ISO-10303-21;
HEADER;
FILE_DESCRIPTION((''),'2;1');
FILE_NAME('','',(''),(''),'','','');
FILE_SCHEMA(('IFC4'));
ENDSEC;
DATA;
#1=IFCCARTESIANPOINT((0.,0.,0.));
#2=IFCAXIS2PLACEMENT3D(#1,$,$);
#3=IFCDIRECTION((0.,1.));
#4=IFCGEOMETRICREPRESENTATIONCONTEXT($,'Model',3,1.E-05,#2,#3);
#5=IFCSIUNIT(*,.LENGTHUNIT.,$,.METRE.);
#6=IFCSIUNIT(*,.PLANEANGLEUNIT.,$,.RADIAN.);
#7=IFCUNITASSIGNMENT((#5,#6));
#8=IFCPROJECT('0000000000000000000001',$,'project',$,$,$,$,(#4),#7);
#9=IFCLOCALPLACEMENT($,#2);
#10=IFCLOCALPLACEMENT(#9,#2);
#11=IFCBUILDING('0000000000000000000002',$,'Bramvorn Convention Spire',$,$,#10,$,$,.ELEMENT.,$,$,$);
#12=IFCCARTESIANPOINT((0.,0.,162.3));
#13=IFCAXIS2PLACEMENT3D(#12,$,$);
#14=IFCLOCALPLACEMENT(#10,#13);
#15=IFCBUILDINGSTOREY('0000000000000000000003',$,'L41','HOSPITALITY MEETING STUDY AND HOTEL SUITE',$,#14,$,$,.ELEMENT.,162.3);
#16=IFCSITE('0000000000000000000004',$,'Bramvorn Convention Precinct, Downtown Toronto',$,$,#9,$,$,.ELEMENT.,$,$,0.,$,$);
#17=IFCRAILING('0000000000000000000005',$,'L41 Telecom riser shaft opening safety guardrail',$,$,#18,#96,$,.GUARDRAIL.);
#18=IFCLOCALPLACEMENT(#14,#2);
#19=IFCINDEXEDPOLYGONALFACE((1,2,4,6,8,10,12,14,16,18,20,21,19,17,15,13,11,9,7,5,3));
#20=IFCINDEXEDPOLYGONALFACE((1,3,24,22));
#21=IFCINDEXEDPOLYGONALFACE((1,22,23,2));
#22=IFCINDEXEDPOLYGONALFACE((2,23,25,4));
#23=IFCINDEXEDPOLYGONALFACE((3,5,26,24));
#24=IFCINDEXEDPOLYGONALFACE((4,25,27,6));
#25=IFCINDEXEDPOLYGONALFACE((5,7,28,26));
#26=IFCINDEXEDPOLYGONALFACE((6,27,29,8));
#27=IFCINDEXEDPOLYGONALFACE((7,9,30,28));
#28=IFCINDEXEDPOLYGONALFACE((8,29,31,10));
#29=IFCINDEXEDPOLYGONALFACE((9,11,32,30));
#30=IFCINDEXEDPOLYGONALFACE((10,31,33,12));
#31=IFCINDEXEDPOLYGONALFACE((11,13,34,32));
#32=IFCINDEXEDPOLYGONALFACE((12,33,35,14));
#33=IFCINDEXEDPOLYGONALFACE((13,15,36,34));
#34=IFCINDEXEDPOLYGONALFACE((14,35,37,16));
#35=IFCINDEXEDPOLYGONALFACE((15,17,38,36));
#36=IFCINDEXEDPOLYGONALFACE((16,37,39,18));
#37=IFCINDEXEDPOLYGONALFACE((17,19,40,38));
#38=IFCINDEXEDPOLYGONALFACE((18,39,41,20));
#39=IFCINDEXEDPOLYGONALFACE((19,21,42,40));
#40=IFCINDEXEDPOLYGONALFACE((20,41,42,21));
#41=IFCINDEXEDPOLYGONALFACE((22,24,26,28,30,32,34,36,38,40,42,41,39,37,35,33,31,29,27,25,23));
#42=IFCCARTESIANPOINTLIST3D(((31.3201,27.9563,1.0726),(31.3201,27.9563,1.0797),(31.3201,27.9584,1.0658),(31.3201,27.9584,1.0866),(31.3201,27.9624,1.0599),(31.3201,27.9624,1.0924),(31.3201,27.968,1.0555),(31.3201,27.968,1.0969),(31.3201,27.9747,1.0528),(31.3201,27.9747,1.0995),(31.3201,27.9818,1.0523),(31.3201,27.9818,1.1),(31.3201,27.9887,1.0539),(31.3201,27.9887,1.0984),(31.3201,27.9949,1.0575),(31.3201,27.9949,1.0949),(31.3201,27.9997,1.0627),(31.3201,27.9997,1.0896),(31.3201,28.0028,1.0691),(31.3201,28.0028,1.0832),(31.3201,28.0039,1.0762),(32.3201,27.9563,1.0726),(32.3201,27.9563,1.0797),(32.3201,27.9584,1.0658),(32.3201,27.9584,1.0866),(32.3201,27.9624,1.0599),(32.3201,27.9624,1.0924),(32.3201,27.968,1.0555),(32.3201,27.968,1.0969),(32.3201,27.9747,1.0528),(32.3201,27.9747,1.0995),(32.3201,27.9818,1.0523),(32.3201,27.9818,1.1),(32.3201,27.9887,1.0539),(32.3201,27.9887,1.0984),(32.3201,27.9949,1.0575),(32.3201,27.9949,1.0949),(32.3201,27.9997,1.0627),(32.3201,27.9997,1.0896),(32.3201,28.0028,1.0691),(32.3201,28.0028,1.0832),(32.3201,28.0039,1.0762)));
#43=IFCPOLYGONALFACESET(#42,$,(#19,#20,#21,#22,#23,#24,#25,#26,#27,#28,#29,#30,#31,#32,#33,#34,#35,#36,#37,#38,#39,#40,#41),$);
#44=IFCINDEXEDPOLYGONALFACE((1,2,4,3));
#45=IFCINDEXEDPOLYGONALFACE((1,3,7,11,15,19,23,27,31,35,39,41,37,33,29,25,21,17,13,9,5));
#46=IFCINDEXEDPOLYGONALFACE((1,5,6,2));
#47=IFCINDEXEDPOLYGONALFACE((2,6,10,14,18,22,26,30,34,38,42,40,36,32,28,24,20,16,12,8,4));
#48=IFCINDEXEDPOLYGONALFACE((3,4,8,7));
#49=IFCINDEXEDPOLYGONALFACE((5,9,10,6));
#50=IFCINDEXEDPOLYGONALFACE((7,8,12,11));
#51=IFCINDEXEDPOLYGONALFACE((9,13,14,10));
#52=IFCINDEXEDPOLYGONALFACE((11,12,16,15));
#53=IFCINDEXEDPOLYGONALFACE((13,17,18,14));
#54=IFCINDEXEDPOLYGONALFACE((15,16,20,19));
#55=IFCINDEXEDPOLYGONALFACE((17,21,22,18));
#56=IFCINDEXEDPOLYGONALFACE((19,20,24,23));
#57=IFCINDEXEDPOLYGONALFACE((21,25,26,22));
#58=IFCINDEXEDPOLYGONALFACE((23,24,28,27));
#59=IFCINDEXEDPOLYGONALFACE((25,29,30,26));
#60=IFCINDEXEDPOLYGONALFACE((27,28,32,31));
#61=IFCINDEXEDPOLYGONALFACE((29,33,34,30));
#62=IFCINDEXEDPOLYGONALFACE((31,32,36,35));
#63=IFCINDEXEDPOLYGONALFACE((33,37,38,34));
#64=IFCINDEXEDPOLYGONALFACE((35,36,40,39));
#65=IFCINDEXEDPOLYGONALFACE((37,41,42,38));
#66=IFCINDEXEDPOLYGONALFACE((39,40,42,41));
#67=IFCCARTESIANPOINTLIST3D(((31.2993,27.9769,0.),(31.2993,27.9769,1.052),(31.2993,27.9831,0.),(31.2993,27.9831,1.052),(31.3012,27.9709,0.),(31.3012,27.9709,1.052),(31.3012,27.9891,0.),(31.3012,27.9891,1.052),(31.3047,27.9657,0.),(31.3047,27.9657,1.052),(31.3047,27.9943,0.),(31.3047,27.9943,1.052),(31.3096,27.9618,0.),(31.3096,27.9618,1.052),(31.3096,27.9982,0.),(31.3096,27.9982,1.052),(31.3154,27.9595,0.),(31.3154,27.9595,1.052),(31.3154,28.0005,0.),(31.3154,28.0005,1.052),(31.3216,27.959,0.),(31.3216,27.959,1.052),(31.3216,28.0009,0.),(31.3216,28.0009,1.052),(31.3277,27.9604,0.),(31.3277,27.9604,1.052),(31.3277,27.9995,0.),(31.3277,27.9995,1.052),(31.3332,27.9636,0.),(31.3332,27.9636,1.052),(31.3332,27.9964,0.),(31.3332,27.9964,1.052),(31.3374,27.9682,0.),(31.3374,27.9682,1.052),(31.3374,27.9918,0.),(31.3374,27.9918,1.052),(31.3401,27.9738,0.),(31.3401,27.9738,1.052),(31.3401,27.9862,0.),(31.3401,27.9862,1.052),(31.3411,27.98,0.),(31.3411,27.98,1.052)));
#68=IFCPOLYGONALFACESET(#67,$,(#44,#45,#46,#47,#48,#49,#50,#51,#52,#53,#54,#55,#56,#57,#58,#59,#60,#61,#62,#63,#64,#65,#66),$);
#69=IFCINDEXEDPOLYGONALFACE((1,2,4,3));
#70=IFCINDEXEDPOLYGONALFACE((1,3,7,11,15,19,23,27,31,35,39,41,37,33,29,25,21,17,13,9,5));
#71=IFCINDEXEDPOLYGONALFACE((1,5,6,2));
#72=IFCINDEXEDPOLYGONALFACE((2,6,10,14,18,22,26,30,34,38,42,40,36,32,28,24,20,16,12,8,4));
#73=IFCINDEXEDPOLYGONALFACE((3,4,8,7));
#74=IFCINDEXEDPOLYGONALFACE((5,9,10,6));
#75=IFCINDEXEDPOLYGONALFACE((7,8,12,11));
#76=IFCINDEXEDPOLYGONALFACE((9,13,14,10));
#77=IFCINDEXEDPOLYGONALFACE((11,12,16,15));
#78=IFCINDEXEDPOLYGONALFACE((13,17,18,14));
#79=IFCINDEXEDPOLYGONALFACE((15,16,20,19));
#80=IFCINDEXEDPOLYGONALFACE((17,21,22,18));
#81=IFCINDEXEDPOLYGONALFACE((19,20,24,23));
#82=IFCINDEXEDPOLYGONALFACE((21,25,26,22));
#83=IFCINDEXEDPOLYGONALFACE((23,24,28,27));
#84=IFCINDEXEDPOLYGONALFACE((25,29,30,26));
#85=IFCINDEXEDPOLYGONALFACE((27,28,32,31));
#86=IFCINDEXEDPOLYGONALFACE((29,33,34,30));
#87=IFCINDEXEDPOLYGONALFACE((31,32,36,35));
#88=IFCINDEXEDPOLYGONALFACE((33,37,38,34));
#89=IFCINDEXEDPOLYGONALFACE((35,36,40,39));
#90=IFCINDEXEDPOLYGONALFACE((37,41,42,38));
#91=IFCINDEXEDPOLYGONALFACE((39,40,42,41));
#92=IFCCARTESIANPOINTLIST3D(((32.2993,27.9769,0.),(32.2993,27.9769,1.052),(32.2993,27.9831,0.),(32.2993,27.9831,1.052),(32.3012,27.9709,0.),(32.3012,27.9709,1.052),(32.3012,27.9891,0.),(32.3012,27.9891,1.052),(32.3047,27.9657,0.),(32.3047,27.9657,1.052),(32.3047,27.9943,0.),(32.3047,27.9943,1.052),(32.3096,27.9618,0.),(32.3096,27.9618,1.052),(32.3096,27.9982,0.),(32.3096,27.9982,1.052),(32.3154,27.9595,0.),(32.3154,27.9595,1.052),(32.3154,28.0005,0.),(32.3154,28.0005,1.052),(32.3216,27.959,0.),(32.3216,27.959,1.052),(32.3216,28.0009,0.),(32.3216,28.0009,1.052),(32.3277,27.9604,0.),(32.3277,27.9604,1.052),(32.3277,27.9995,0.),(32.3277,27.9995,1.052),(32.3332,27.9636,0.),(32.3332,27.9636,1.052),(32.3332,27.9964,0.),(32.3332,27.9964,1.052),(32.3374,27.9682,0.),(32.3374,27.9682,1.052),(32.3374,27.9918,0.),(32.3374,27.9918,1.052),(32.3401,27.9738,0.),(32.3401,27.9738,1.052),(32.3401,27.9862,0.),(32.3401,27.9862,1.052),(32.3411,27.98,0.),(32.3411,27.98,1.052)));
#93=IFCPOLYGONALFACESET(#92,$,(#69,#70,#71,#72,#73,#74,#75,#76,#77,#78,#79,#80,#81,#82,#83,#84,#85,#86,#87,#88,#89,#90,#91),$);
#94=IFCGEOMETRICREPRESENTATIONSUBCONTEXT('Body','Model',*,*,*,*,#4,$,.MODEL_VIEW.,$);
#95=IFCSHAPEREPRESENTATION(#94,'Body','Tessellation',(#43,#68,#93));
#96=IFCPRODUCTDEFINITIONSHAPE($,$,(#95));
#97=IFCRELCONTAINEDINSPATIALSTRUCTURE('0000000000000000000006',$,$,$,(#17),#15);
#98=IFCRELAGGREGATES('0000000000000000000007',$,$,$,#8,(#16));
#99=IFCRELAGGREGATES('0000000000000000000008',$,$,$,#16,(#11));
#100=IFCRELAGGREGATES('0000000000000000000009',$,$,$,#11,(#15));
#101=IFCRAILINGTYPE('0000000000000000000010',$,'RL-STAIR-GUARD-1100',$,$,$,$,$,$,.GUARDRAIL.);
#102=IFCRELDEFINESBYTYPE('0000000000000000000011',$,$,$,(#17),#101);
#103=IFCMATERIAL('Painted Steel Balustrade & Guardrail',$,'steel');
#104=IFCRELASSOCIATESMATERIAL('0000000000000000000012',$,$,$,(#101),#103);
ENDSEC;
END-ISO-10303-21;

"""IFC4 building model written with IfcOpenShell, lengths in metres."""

from ifc_helpers import new_model, si_unit, direction, frame, origin, origin_2d, place, context, subcontext, project, spatial, circle, extrude, material, type_object, element, save


model = new_model("IFC4")

# Units and contexts
model_context = context("Model", 3, precision=1e-05, world=origin(), true_north=direction((0.0, 1.0)))
body_context = subcontext(model_context, "Body", "Model", "MODEL_VIEW")
ifc_project = project(units=[si_unit("LENGTHUNIT", "METRE"), si_unit("PLANEANGLEUNIT", "RADIAN")], contexts=[model_context])

# Site, building, storey
site_placement = place(None, origin())
site = spatial("IfcSite", under=ifc_project, at=site_placement, Name="Bramvorn Convention Precinct, Downtown Toronto", CompositionType="ELEMENT", RefElevation=0.0)
building_placement = place(site_placement, origin())
building = spatial("IfcBuilding", under=site, at=building_placement, Name="Bramvorn Convention Spire", CompositionType="ELEMENT")
storey_placement = place(building_placement, frame((0.0, 0.0, 162.3)))
storey = spatial("IfcBuildingStorey", under=building, at=storey_placement, Name="L41", Description="HOSPITALITY MEETING STUDY AND HOTEL SUITE", CompositionType="ELEMENT", Elevation=162.3)

# Railing
ifc_material_1 = material(Name="Painted Steel Balustrade & Guardrail", Category="steel")
railing_type = type_object("IfcRailingType", Name="RL-STAIR-GUARD-1100", PredefinedType="GUARDRAIL", material=ifc_material_1)
railing_1_placement = place(storey_placement, frame((31.3201, 27.98, 0.0)))
element("IfcRailing", 1, at=railing_1_placement, inside=storey, type_object=railing_type, Name="L41 Telecom riser shaft opening safety guardrail", PredefinedType="GUARDRAIL", context=body_context, shape_type="SweptSolid", body=[
    extrude(circle(Radius=0.0239, at=origin_2d()), frame((0.0, 0.0, 1.0762), z_axis=(1.0, 0.0, 0.0), x_axis=(0.0, 1.0, 0.0)), (0.0, 0.0, 1.0), 1.0),
    extrude(circle(Radius=0.021, at=origin_2d()), origin(), (0.0, 0.0, 1.0), 1.052),
    extrude(circle(Radius=0.021, at=origin_2d()), frame((1.0, 0.0, 0.0)), (0.0, 0.0, 1.0), 1.052),
])

save(model, "model.ifc")
